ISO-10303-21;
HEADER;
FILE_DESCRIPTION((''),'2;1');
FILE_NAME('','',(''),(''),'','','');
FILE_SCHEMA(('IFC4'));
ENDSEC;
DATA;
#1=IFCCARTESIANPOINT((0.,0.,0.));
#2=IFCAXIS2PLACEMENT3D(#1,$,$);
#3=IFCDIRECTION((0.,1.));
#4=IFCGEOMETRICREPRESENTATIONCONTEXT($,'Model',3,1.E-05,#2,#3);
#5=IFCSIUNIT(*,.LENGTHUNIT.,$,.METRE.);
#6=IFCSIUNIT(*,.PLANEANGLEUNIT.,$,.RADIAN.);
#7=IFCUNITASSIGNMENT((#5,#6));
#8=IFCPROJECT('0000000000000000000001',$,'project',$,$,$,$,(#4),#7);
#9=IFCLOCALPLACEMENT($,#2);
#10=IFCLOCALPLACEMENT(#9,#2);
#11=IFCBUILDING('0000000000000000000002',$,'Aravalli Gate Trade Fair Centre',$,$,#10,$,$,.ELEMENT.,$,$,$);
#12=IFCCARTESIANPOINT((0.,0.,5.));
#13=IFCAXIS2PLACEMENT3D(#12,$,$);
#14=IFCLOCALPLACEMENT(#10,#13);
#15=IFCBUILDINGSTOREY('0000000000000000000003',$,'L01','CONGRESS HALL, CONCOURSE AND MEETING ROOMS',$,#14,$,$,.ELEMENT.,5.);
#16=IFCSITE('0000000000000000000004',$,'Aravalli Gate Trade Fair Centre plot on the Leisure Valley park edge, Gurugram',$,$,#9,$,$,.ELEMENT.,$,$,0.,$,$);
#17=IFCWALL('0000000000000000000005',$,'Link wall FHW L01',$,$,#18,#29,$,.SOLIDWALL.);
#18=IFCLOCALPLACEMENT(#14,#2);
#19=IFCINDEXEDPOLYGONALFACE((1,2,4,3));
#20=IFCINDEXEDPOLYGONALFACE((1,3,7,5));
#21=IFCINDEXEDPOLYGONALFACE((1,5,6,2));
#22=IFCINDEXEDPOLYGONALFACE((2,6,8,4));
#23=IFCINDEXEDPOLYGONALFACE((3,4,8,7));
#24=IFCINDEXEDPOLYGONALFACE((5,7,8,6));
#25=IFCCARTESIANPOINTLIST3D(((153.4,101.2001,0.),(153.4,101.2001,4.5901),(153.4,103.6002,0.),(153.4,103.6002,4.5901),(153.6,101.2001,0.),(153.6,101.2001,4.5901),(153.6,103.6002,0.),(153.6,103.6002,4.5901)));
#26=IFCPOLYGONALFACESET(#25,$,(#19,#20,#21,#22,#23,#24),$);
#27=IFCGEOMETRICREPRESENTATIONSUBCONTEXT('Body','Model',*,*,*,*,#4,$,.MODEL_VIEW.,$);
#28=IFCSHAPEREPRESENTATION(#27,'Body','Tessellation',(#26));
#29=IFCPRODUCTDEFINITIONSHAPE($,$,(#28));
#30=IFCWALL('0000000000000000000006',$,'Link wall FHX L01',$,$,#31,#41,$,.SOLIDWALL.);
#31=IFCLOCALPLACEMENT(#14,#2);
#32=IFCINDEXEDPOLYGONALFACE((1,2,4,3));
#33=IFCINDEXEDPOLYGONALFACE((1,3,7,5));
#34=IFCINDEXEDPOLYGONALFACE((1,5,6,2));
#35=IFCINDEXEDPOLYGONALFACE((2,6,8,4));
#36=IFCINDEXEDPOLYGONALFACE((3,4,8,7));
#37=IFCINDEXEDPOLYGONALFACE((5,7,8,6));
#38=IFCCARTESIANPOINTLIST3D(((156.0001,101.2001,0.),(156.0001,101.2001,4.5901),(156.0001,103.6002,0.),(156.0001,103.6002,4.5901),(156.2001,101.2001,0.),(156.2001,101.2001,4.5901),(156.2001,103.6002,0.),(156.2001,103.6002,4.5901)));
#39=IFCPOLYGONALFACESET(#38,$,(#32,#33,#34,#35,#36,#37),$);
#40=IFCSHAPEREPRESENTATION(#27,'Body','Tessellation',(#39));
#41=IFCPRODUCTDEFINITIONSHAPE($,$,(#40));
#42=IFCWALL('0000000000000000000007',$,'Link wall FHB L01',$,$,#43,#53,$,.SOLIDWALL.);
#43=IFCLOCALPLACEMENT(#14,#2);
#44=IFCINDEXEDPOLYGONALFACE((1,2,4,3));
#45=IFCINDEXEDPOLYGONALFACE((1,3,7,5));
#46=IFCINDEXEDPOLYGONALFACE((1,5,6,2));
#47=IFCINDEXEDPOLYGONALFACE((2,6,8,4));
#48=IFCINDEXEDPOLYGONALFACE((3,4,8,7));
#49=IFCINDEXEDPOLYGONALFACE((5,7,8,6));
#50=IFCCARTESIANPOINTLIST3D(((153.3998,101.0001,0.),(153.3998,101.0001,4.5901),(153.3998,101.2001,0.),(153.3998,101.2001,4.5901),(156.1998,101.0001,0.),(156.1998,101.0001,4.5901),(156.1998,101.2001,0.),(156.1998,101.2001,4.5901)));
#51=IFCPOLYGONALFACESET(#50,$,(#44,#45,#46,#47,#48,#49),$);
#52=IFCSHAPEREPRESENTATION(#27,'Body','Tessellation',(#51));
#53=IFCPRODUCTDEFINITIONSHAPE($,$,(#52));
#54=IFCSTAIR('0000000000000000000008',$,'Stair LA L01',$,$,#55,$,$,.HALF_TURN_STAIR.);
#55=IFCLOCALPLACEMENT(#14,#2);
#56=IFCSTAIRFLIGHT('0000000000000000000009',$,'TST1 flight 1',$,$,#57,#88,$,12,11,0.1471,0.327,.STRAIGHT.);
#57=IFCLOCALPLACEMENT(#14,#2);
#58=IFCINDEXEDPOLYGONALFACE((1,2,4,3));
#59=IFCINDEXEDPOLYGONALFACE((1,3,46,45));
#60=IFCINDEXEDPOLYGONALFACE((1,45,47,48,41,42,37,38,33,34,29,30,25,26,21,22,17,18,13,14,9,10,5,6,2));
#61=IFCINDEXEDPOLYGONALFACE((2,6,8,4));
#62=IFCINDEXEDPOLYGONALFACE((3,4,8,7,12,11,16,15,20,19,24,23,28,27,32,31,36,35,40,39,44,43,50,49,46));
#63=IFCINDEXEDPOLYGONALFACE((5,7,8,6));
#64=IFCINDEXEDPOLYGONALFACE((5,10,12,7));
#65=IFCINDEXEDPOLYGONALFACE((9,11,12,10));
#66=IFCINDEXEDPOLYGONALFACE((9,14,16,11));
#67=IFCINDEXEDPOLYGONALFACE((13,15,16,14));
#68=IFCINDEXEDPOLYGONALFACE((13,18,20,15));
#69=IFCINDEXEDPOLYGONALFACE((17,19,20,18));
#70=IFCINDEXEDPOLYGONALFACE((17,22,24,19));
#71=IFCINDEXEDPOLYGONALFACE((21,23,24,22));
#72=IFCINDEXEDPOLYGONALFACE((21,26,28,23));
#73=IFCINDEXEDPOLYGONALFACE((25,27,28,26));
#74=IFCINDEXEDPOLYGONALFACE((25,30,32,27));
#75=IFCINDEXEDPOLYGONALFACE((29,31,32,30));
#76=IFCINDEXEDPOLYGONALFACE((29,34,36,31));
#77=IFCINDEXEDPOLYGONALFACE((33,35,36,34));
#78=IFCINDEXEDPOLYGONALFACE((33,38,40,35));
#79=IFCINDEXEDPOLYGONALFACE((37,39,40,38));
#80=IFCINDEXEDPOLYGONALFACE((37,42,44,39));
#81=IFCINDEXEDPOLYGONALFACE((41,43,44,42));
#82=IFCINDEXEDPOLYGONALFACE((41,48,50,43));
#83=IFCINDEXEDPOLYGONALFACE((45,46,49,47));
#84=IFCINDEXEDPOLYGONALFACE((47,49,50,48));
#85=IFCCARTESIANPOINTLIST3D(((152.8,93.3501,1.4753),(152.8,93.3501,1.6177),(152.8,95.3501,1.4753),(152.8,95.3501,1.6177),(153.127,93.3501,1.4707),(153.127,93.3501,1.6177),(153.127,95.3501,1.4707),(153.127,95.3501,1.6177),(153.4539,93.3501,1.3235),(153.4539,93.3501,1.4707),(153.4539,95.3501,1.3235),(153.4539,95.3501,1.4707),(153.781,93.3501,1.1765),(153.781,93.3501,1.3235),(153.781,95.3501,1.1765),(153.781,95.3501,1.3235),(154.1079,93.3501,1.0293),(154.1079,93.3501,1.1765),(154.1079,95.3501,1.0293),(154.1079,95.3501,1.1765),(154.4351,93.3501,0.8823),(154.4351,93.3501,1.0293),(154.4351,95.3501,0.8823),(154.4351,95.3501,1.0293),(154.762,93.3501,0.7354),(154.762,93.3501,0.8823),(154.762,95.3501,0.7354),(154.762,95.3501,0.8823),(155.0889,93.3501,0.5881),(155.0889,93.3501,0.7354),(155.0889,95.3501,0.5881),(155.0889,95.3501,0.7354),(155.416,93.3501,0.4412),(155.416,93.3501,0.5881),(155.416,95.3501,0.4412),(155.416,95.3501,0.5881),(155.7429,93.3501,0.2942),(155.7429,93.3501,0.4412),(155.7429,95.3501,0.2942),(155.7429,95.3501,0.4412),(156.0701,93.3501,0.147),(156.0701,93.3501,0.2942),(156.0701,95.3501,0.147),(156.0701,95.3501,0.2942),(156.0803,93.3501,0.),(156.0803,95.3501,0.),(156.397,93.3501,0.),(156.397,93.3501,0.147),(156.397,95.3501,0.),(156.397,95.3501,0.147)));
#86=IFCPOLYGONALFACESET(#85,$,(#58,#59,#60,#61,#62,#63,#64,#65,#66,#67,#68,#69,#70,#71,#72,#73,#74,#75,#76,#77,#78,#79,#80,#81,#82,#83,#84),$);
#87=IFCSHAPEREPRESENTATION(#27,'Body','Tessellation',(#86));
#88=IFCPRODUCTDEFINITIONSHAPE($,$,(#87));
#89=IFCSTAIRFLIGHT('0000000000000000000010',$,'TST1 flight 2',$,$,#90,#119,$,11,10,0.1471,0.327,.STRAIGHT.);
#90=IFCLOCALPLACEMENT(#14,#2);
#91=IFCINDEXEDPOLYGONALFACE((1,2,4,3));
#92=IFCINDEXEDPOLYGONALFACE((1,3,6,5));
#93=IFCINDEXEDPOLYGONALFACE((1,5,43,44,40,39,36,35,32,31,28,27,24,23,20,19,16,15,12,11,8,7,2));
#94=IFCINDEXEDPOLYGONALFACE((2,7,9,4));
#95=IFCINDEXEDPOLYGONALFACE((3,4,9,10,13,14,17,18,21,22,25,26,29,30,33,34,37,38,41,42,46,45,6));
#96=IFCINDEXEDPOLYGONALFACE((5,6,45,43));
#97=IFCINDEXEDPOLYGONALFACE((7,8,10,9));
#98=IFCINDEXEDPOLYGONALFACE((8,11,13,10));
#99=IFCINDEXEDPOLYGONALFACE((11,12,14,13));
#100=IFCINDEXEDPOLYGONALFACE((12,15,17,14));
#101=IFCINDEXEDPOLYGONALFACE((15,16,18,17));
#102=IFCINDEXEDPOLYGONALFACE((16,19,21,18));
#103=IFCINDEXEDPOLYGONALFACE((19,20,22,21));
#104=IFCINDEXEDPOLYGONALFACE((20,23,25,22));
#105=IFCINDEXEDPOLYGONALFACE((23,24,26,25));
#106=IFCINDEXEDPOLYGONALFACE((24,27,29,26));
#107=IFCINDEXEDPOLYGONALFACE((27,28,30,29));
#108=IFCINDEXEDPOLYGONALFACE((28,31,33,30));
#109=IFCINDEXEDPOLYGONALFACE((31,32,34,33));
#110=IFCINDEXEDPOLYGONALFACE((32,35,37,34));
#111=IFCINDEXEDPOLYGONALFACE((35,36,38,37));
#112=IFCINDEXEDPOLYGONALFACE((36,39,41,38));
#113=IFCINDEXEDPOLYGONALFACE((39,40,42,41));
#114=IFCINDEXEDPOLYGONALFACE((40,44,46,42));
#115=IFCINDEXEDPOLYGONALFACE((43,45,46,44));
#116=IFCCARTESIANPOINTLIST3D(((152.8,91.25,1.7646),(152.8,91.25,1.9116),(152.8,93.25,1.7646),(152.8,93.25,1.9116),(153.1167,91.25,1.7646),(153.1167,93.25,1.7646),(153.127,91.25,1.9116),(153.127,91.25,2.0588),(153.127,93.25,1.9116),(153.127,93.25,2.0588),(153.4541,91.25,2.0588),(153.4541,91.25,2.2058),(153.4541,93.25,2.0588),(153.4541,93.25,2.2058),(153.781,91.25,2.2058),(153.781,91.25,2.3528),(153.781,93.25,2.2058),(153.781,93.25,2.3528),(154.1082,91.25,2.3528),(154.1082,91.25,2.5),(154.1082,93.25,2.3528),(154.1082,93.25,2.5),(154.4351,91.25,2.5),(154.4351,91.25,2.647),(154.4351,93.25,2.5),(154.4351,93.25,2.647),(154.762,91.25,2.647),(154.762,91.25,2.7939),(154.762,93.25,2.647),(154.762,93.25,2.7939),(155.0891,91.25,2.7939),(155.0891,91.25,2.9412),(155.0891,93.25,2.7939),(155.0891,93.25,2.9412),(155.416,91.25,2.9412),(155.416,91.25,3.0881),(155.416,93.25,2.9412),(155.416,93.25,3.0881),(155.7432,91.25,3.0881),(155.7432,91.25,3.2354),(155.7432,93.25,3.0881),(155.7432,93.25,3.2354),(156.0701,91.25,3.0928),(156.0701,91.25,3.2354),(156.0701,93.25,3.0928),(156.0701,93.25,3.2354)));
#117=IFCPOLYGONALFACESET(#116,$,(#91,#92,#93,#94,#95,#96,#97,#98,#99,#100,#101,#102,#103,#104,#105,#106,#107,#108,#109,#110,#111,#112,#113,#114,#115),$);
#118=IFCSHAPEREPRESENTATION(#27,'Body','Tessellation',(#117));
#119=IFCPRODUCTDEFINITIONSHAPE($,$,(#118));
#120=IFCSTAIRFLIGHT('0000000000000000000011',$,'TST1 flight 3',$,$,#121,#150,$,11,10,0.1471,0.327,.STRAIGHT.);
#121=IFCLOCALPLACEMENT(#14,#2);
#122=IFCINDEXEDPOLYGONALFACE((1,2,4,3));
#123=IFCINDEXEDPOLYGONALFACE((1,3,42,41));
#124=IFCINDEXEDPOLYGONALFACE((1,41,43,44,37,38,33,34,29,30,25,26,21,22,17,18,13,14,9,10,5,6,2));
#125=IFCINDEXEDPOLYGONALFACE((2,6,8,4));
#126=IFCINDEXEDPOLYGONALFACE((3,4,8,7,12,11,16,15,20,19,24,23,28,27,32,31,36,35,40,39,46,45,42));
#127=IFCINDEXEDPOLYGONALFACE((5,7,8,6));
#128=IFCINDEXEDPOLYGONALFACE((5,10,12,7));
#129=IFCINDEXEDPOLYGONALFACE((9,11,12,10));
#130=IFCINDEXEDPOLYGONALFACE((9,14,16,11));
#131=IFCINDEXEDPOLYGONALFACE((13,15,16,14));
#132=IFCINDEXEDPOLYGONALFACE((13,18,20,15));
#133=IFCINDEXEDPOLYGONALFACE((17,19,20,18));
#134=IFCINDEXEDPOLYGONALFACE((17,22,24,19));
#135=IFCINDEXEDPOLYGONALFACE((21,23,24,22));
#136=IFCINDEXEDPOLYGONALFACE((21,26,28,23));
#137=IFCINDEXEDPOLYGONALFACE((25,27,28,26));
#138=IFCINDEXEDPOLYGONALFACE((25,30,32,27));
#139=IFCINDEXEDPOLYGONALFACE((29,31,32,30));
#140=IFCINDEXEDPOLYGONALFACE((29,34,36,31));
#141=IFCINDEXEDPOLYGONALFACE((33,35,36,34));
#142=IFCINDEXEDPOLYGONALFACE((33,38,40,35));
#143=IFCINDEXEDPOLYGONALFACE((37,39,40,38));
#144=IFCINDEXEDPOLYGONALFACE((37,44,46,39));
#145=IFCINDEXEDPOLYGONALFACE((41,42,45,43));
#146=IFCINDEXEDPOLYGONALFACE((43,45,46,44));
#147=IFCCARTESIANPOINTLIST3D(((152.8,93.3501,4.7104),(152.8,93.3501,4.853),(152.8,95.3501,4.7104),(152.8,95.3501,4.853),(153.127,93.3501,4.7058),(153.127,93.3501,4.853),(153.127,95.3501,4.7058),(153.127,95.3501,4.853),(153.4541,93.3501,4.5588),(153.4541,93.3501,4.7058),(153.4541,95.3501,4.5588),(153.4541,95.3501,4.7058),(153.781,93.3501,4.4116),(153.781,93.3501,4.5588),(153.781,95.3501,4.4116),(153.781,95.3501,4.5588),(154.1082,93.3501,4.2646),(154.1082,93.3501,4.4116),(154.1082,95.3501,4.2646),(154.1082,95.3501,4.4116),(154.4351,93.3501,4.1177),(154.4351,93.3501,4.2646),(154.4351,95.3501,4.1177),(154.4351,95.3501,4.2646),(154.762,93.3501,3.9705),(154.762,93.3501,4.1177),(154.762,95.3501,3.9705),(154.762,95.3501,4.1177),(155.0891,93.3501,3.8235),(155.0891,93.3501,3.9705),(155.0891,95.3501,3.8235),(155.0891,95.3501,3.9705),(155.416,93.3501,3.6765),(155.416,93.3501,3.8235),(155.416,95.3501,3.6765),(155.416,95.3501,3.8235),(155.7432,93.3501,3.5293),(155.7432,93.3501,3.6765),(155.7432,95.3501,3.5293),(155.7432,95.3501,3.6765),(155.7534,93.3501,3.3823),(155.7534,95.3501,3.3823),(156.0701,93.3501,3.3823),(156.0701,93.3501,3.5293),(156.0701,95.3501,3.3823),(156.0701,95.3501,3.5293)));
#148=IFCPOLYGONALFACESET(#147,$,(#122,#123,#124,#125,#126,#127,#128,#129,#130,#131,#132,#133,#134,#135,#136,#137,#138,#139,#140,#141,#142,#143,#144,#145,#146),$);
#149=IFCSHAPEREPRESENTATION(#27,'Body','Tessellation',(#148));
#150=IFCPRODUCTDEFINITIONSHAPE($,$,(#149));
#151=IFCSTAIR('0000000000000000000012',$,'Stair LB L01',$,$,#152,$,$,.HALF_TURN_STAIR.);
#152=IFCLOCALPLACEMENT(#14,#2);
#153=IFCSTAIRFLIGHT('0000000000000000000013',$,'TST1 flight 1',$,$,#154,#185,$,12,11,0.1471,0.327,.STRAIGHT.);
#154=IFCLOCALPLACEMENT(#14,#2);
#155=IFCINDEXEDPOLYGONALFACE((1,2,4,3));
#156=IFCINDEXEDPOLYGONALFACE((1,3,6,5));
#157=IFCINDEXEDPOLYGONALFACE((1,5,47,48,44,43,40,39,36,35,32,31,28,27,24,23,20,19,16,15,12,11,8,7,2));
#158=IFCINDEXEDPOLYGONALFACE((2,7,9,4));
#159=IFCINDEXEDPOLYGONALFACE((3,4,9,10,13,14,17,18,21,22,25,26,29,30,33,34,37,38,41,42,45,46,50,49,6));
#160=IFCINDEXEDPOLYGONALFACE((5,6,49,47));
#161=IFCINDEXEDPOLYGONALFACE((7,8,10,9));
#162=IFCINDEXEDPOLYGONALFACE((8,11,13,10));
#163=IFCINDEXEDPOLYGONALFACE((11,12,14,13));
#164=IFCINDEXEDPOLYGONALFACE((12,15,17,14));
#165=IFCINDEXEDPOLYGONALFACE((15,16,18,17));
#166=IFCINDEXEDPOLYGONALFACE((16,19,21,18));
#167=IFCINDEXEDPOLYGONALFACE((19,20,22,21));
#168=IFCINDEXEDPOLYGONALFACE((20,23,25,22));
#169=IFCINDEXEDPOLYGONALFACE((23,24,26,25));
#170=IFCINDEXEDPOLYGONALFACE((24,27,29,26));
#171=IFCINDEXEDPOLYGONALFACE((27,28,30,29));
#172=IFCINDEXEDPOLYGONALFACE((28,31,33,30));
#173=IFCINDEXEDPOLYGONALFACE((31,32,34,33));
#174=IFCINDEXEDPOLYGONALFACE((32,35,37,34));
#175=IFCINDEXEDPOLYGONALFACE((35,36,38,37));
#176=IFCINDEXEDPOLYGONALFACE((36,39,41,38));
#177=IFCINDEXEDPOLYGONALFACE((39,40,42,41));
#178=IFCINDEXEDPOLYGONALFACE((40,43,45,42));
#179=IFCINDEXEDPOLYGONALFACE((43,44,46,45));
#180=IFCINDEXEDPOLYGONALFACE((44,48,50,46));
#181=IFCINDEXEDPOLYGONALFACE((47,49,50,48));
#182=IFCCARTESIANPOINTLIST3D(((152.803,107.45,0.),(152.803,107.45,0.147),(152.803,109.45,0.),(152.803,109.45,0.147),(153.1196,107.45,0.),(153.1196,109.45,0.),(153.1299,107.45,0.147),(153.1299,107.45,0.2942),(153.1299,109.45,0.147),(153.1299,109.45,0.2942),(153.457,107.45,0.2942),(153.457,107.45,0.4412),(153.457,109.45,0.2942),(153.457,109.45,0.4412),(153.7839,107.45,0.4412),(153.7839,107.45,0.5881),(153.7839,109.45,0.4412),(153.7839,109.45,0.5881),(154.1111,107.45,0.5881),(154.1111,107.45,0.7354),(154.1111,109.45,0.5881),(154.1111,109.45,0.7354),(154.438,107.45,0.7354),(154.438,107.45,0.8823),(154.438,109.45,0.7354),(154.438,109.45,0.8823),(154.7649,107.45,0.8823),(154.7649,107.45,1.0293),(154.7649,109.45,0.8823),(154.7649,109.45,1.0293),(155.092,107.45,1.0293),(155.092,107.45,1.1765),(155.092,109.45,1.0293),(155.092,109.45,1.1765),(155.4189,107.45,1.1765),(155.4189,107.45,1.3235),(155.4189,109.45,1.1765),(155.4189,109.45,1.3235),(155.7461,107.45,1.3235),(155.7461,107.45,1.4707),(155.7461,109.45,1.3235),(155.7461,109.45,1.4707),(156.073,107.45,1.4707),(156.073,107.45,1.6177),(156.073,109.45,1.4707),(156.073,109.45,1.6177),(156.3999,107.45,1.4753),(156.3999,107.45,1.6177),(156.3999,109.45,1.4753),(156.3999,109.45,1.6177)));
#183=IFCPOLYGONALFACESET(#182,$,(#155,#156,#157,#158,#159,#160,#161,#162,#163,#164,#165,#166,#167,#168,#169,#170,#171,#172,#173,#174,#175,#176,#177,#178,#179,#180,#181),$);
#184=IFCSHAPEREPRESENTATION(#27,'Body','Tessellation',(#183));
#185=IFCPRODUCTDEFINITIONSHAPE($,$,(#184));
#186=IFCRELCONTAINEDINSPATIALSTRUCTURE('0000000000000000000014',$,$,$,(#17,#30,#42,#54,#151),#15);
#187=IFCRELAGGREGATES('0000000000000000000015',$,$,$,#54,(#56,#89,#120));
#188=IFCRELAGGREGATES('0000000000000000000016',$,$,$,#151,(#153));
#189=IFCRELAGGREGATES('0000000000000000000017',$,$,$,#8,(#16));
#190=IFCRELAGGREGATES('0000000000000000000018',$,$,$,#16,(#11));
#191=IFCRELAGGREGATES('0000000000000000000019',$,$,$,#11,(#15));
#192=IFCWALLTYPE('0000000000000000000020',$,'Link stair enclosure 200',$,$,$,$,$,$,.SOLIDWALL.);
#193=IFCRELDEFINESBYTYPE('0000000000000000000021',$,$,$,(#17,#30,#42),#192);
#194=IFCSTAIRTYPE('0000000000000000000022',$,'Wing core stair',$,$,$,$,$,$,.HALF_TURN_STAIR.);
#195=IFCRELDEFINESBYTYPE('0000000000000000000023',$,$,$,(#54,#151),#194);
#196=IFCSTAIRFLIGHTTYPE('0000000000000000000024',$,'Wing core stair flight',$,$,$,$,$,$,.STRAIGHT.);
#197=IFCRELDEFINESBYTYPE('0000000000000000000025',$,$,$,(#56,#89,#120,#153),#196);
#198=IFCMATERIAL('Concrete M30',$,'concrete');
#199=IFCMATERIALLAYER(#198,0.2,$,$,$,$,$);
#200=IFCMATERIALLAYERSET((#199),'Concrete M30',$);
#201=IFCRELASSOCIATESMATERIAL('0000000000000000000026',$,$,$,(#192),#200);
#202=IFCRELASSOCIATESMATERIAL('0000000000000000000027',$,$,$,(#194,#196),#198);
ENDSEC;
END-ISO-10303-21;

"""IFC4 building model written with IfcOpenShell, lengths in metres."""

from ifc_helpers import new_model, si_unit, direction, frame, frame_2d, origin, place, context, subcontext, project, spatial, polyline, rectangle, outline, extrude, material, layer, layer_set, type_object, element, aggregate, save


model = new_model("IFC4")

# Units and contexts
model_context = context("Model", 3, precision=1e-05, world=origin(), true_north=direction((0.0, 1.0)))
body_context = subcontext(model_context, "Body", "Model", "MODEL_VIEW")
ifc_project = project(units=[si_unit("LENGTHUNIT", "METRE"), si_unit("PLANEANGLEUNIT", "RADIAN")], contexts=[model_context])

# Site, building, storey
site_placement = place(None, origin())
site = spatial("IfcSite", under=ifc_project, at=site_placement, Name="Aravalli Gate Trade Fair Centre plot on the Leisure Valley park edge, Gurugram", CompositionType="ELEMENT", RefElevation=0.0)
building_placement = place(site_placement, origin())
building = spatial("IfcBuilding", under=site, at=building_placement, Name="Aravalli Gate Trade Fair Centre", CompositionType="ELEMENT")
storey_placement = place(building_placement, frame((0.0, 0.0, 5.0)))
storey = spatial("IfcBuildingStorey", under=building, at=storey_placement, Name="L01", Description="CONGRESS HALL, CONCOURSE AND MEETING ROOMS", CompositionType="ELEMENT", Elevation=5.0)

# Shared definitions
ifc_material_1 = material(Name="Concrete M30", Category="concrete")
ifc_layer_1 = layer(ifc_material_1, 0.2)
ifc_layer_set_1 = layer_set([ifc_layer_1], Name="Concrete M30")
wall_type_1 = type_object("IfcWallType", Name="Link stair enclosure 200", PredefinedType="SOLIDWALL", material=ifc_layer_set_1)

# Walls
for number, where, z_axis, x_axis, name in (
    (1, (153.5, 101.2, 0.0), (0.0, 0.0, 1.0), (0.0, 1.0, 0.0), "Link wall FHW L01"),
    (2, (156.1001, 101.2, 0.0), (0.0, 0.0, 1.0), (0.0, 1.0, 0.0), "Link wall FHX L01"),
):
    element("IfcWall", number, at=place(storey_placement, frame(where, z_axis=z_axis, x_axis=x_axis)), inside=storey, type_object=wall_type_1, Name=name, PredefinedType="SOLIDWALL", context=body_context, shape_type="SweptSolid", body=[
        extrude(rectangle(XDim=2.4001, YDim=0.2, at=frame_2d((1.2002, 0.0))), origin(), (0.0, 0.0, 1.0), 4.5901),
    ])
wall_1_placement = place(storey_placement, frame((153.3999, 101.1001, 0.0), z_axis=(0.0, 0.0, 1.0), x_axis=(1.0, 0.0, 0.0)))
element("IfcWall", 3, at=wall_1_placement, inside=storey, type_object=wall_type_1, Name="Link wall FHB L01", PredefinedType="SOLIDWALL", context=body_context, shape_type="SweptSolid", body=[
    extrude(rectangle(XDim=2.8, YDim=0.2, at=frame_2d((1.3999, 0.0))), origin(), (0.0, 0.0, 1.0), 4.5901),
])

# Stairs, stair flights
stair_type = type_object("IfcStairType", Name="Wing core stair", PredefinedType="HALF_TURN_STAIR", material=ifc_material_1)
stair_1_placement = place(storey_placement, origin())
stair_1 = element("IfcStair", 4, at=stair_1_placement, inside=storey, type_object=stair_type, Name="Stair LA L01", PredefinedType="HALF_TURN_STAIR")
stair_flight_type = type_object("IfcStairFlightType", Name="Wing core stair flight", PredefinedType="STRAIGHT", material=ifc_material_1)
stair_flight_1_placement = place(storey_placement, frame((156.397, 94.3501, 0.0), z_axis=(0.0, 0.0, 1.0), x_axis=(-1.0, 0.0, 0.0)))
stair_flight_1 = element("IfcStairFlight", 5, at=stair_flight_1_placement, type_object=stair_flight_type, Name="TST1 flight 1", NumberOfRisers=12, NumberOfTreads=11, PredefinedType="STRAIGHT", RiserHeight=0.1471, TreadLength=0.327, context=body_context, shape_type="SweptSolid", body=[
    extrude(outline(polyline([(0.0, 0.0), (0.0, 0.147), (0.3269, 0.147), (0.3269, 0.2942), (0.6541, 0.2942), (0.6541, 0.4412), (0.981, 0.4412), (0.981, 0.5881), (1.3081, 0.5881), (1.3081, 0.7354), (1.635, 0.7354), (1.635, 0.8823), (1.9619, 0.8823), (1.9619, 1.0293), (2.2891, 1.0293), (2.2891, 1.1765), (2.616, 1.1765), (2.616, 1.3235), (2.9431, 1.3235), (2.9431, 1.4707), (3.27, 1.4707), (3.27, 1.6177), (3.5969, 1.6177), (3.5969, 1.7646), (3.5969, 1.4753), (0.3167, 0.0), (0.0, 0.0)])), frame((0.0, 1.0, 0.0), z_axis=(0.0, -1.0, 0.0), x_axis=(1.0, 0.0, 0.0)), (0.0, 0.0, 1.0), 2.0),
])
stair_flight_2_placement = place(storey_placement, frame((152.8, 92.25, 1.7646), z_axis=(0.0, 0.0, 1.0), x_axis=(1.0, 0.0, 0.0)))
stair_flight_2 = element("IfcStairFlight", 6, at=stair_flight_2_placement, type_object=stair_flight_type, Name="TST1 flight 2", NumberOfRisers=11, NumberOfTreads=10, PredefinedType="STRAIGHT", RiserHeight=0.1471, TreadLength=0.327, context=body_context, shape_type="SweptSolid", body=[
    extrude(outline(polyline([(0.0, 0.0), (0.0, 0.147), (0.3269, 0.147), (0.3269, 0.2942), (0.6541, 0.2942), (0.6541, 0.4412), (0.981, 0.4412), (0.981, 0.5881), (1.3081, 0.5881), (1.3081, 0.7354), (1.635, 0.7354), (1.635, 0.8823), (1.9619, 0.8823), (1.9619, 1.0293), (2.2891, 1.0293), (2.2891, 1.1765), (2.616, 1.1765), (2.616, 1.3235), (2.9431, 1.3235), (2.9431, 1.4707), (3.27, 1.4707), (3.27, 1.6177), (3.27, 1.3281), (0.3167, 0.0), (0.0, 0.0)])), frame((0.0, 1.0, 0.0), z_axis=(0.0, -1.0, 0.0), x_axis=(1.0, 0.0, 0.0)), (0.0, 0.0, 1.0), 2.0),
])
stair_flight_3_placement = place(storey_placement, frame((156.0701, 94.3501, 3.3823), z_axis=(0.0, 0.0, 1.0), x_axis=(-1.0, 0.0, 0.0)))
stair_flight_3 = element("IfcStairFlight", 7, at=stair_flight_3_placement, type_object=stair_flight_type, Name="TST1 flight 3", NumberOfRisers=11, NumberOfTreads=10, PredefinedType="STRAIGHT", RiserHeight=0.1471, TreadLength=0.327, context=body_context, shape_type="SweptSolid", body=[
    extrude(outline(polyline([(0.0, 0.0), (0.0, 0.147), (0.3269, 0.147), (0.3269, 0.2942), (0.6541, 0.2942), (0.6541, 0.4412), (0.981, 0.4412), (0.981, 0.5881), (1.3081, 0.5881), (1.3081, 0.7354), (1.635, 0.7354), (1.635, 0.8823), (1.9619, 0.8823), (1.9619, 1.0293), (2.2891, 1.0293), (2.2891, 1.1765), (2.616, 1.1765), (2.616, 1.3235), (2.9431, 1.3235), (2.9431, 1.4707), (3.27, 1.4707), (3.27, 1.6177), (3.27, 1.3281), (0.3167, 0.0), (0.0, 0.0)])), frame((0.0, 1.0, 0.0), z_axis=(0.0, -1.0, 0.0), x_axis=(1.0, 0.0, 0.0)), (0.0, 0.0, 1.0), 2.0),
])
aggregate(stair_1, [stair_flight_1, stair_flight_2, stair_flight_3])
stair_2_placement = place(storey_placement, origin())
stair_2 = element("IfcStair", 8, at=stair_2_placement, inside=storey, type_object=stair_type, Name="Stair LB L01", PredefinedType="HALF_TURN_STAIR")
stair_flight_4_placement = place(storey_placement, frame((152.803, 108.45, 0.0), z_axis=(0.0, 0.0, 1.0), x_axis=(1.0, 0.0, 0.0)))
stair_flight_4 = element("IfcStairFlight", 9, at=stair_flight_4_placement, type_object=stair_flight_type, Name="TST1 flight 1", NumberOfRisers=12, NumberOfTreads=11, PredefinedType="STRAIGHT", RiserHeight=0.1471, TreadLength=0.327, context=body_context, shape_type="SweptSolid", body=[
    extrude(outline(polyline([(0.0, 0.0), (0.0, 0.147), (0.3269, 0.147), (0.3269, 0.2942), (0.6541, 0.2942), (0.6541, 0.4412), (0.981, 0.4412), (0.981, 0.5881), (1.3081, 0.5881), (1.3081, 0.7354), (1.635, 0.7354), (1.635, 0.8823), (1.9619, 0.8823), (1.9619, 1.0293), (2.2891, 1.0293), (2.2891, 1.1765), (2.616, 1.1765), (2.616, 1.3235), (2.9431, 1.3235), (2.9431, 1.4707), (3.27, 1.4707), (3.27, 1.6177), (3.5969, 1.6177), (3.5969, 1.7646), (3.5969, 1.4753), (0.3167, 0.0), (0.0, 0.0)])), frame((0.0, 1.0, 0.0), z_axis=(0.0, -1.0, 0.0), x_axis=(1.0, 0.0, 0.0)), (0.0, 0.0, 1.0), 2.0),
])
aggregate(stair_2, [stair_flight_4])

save(model, "model.ifc")
